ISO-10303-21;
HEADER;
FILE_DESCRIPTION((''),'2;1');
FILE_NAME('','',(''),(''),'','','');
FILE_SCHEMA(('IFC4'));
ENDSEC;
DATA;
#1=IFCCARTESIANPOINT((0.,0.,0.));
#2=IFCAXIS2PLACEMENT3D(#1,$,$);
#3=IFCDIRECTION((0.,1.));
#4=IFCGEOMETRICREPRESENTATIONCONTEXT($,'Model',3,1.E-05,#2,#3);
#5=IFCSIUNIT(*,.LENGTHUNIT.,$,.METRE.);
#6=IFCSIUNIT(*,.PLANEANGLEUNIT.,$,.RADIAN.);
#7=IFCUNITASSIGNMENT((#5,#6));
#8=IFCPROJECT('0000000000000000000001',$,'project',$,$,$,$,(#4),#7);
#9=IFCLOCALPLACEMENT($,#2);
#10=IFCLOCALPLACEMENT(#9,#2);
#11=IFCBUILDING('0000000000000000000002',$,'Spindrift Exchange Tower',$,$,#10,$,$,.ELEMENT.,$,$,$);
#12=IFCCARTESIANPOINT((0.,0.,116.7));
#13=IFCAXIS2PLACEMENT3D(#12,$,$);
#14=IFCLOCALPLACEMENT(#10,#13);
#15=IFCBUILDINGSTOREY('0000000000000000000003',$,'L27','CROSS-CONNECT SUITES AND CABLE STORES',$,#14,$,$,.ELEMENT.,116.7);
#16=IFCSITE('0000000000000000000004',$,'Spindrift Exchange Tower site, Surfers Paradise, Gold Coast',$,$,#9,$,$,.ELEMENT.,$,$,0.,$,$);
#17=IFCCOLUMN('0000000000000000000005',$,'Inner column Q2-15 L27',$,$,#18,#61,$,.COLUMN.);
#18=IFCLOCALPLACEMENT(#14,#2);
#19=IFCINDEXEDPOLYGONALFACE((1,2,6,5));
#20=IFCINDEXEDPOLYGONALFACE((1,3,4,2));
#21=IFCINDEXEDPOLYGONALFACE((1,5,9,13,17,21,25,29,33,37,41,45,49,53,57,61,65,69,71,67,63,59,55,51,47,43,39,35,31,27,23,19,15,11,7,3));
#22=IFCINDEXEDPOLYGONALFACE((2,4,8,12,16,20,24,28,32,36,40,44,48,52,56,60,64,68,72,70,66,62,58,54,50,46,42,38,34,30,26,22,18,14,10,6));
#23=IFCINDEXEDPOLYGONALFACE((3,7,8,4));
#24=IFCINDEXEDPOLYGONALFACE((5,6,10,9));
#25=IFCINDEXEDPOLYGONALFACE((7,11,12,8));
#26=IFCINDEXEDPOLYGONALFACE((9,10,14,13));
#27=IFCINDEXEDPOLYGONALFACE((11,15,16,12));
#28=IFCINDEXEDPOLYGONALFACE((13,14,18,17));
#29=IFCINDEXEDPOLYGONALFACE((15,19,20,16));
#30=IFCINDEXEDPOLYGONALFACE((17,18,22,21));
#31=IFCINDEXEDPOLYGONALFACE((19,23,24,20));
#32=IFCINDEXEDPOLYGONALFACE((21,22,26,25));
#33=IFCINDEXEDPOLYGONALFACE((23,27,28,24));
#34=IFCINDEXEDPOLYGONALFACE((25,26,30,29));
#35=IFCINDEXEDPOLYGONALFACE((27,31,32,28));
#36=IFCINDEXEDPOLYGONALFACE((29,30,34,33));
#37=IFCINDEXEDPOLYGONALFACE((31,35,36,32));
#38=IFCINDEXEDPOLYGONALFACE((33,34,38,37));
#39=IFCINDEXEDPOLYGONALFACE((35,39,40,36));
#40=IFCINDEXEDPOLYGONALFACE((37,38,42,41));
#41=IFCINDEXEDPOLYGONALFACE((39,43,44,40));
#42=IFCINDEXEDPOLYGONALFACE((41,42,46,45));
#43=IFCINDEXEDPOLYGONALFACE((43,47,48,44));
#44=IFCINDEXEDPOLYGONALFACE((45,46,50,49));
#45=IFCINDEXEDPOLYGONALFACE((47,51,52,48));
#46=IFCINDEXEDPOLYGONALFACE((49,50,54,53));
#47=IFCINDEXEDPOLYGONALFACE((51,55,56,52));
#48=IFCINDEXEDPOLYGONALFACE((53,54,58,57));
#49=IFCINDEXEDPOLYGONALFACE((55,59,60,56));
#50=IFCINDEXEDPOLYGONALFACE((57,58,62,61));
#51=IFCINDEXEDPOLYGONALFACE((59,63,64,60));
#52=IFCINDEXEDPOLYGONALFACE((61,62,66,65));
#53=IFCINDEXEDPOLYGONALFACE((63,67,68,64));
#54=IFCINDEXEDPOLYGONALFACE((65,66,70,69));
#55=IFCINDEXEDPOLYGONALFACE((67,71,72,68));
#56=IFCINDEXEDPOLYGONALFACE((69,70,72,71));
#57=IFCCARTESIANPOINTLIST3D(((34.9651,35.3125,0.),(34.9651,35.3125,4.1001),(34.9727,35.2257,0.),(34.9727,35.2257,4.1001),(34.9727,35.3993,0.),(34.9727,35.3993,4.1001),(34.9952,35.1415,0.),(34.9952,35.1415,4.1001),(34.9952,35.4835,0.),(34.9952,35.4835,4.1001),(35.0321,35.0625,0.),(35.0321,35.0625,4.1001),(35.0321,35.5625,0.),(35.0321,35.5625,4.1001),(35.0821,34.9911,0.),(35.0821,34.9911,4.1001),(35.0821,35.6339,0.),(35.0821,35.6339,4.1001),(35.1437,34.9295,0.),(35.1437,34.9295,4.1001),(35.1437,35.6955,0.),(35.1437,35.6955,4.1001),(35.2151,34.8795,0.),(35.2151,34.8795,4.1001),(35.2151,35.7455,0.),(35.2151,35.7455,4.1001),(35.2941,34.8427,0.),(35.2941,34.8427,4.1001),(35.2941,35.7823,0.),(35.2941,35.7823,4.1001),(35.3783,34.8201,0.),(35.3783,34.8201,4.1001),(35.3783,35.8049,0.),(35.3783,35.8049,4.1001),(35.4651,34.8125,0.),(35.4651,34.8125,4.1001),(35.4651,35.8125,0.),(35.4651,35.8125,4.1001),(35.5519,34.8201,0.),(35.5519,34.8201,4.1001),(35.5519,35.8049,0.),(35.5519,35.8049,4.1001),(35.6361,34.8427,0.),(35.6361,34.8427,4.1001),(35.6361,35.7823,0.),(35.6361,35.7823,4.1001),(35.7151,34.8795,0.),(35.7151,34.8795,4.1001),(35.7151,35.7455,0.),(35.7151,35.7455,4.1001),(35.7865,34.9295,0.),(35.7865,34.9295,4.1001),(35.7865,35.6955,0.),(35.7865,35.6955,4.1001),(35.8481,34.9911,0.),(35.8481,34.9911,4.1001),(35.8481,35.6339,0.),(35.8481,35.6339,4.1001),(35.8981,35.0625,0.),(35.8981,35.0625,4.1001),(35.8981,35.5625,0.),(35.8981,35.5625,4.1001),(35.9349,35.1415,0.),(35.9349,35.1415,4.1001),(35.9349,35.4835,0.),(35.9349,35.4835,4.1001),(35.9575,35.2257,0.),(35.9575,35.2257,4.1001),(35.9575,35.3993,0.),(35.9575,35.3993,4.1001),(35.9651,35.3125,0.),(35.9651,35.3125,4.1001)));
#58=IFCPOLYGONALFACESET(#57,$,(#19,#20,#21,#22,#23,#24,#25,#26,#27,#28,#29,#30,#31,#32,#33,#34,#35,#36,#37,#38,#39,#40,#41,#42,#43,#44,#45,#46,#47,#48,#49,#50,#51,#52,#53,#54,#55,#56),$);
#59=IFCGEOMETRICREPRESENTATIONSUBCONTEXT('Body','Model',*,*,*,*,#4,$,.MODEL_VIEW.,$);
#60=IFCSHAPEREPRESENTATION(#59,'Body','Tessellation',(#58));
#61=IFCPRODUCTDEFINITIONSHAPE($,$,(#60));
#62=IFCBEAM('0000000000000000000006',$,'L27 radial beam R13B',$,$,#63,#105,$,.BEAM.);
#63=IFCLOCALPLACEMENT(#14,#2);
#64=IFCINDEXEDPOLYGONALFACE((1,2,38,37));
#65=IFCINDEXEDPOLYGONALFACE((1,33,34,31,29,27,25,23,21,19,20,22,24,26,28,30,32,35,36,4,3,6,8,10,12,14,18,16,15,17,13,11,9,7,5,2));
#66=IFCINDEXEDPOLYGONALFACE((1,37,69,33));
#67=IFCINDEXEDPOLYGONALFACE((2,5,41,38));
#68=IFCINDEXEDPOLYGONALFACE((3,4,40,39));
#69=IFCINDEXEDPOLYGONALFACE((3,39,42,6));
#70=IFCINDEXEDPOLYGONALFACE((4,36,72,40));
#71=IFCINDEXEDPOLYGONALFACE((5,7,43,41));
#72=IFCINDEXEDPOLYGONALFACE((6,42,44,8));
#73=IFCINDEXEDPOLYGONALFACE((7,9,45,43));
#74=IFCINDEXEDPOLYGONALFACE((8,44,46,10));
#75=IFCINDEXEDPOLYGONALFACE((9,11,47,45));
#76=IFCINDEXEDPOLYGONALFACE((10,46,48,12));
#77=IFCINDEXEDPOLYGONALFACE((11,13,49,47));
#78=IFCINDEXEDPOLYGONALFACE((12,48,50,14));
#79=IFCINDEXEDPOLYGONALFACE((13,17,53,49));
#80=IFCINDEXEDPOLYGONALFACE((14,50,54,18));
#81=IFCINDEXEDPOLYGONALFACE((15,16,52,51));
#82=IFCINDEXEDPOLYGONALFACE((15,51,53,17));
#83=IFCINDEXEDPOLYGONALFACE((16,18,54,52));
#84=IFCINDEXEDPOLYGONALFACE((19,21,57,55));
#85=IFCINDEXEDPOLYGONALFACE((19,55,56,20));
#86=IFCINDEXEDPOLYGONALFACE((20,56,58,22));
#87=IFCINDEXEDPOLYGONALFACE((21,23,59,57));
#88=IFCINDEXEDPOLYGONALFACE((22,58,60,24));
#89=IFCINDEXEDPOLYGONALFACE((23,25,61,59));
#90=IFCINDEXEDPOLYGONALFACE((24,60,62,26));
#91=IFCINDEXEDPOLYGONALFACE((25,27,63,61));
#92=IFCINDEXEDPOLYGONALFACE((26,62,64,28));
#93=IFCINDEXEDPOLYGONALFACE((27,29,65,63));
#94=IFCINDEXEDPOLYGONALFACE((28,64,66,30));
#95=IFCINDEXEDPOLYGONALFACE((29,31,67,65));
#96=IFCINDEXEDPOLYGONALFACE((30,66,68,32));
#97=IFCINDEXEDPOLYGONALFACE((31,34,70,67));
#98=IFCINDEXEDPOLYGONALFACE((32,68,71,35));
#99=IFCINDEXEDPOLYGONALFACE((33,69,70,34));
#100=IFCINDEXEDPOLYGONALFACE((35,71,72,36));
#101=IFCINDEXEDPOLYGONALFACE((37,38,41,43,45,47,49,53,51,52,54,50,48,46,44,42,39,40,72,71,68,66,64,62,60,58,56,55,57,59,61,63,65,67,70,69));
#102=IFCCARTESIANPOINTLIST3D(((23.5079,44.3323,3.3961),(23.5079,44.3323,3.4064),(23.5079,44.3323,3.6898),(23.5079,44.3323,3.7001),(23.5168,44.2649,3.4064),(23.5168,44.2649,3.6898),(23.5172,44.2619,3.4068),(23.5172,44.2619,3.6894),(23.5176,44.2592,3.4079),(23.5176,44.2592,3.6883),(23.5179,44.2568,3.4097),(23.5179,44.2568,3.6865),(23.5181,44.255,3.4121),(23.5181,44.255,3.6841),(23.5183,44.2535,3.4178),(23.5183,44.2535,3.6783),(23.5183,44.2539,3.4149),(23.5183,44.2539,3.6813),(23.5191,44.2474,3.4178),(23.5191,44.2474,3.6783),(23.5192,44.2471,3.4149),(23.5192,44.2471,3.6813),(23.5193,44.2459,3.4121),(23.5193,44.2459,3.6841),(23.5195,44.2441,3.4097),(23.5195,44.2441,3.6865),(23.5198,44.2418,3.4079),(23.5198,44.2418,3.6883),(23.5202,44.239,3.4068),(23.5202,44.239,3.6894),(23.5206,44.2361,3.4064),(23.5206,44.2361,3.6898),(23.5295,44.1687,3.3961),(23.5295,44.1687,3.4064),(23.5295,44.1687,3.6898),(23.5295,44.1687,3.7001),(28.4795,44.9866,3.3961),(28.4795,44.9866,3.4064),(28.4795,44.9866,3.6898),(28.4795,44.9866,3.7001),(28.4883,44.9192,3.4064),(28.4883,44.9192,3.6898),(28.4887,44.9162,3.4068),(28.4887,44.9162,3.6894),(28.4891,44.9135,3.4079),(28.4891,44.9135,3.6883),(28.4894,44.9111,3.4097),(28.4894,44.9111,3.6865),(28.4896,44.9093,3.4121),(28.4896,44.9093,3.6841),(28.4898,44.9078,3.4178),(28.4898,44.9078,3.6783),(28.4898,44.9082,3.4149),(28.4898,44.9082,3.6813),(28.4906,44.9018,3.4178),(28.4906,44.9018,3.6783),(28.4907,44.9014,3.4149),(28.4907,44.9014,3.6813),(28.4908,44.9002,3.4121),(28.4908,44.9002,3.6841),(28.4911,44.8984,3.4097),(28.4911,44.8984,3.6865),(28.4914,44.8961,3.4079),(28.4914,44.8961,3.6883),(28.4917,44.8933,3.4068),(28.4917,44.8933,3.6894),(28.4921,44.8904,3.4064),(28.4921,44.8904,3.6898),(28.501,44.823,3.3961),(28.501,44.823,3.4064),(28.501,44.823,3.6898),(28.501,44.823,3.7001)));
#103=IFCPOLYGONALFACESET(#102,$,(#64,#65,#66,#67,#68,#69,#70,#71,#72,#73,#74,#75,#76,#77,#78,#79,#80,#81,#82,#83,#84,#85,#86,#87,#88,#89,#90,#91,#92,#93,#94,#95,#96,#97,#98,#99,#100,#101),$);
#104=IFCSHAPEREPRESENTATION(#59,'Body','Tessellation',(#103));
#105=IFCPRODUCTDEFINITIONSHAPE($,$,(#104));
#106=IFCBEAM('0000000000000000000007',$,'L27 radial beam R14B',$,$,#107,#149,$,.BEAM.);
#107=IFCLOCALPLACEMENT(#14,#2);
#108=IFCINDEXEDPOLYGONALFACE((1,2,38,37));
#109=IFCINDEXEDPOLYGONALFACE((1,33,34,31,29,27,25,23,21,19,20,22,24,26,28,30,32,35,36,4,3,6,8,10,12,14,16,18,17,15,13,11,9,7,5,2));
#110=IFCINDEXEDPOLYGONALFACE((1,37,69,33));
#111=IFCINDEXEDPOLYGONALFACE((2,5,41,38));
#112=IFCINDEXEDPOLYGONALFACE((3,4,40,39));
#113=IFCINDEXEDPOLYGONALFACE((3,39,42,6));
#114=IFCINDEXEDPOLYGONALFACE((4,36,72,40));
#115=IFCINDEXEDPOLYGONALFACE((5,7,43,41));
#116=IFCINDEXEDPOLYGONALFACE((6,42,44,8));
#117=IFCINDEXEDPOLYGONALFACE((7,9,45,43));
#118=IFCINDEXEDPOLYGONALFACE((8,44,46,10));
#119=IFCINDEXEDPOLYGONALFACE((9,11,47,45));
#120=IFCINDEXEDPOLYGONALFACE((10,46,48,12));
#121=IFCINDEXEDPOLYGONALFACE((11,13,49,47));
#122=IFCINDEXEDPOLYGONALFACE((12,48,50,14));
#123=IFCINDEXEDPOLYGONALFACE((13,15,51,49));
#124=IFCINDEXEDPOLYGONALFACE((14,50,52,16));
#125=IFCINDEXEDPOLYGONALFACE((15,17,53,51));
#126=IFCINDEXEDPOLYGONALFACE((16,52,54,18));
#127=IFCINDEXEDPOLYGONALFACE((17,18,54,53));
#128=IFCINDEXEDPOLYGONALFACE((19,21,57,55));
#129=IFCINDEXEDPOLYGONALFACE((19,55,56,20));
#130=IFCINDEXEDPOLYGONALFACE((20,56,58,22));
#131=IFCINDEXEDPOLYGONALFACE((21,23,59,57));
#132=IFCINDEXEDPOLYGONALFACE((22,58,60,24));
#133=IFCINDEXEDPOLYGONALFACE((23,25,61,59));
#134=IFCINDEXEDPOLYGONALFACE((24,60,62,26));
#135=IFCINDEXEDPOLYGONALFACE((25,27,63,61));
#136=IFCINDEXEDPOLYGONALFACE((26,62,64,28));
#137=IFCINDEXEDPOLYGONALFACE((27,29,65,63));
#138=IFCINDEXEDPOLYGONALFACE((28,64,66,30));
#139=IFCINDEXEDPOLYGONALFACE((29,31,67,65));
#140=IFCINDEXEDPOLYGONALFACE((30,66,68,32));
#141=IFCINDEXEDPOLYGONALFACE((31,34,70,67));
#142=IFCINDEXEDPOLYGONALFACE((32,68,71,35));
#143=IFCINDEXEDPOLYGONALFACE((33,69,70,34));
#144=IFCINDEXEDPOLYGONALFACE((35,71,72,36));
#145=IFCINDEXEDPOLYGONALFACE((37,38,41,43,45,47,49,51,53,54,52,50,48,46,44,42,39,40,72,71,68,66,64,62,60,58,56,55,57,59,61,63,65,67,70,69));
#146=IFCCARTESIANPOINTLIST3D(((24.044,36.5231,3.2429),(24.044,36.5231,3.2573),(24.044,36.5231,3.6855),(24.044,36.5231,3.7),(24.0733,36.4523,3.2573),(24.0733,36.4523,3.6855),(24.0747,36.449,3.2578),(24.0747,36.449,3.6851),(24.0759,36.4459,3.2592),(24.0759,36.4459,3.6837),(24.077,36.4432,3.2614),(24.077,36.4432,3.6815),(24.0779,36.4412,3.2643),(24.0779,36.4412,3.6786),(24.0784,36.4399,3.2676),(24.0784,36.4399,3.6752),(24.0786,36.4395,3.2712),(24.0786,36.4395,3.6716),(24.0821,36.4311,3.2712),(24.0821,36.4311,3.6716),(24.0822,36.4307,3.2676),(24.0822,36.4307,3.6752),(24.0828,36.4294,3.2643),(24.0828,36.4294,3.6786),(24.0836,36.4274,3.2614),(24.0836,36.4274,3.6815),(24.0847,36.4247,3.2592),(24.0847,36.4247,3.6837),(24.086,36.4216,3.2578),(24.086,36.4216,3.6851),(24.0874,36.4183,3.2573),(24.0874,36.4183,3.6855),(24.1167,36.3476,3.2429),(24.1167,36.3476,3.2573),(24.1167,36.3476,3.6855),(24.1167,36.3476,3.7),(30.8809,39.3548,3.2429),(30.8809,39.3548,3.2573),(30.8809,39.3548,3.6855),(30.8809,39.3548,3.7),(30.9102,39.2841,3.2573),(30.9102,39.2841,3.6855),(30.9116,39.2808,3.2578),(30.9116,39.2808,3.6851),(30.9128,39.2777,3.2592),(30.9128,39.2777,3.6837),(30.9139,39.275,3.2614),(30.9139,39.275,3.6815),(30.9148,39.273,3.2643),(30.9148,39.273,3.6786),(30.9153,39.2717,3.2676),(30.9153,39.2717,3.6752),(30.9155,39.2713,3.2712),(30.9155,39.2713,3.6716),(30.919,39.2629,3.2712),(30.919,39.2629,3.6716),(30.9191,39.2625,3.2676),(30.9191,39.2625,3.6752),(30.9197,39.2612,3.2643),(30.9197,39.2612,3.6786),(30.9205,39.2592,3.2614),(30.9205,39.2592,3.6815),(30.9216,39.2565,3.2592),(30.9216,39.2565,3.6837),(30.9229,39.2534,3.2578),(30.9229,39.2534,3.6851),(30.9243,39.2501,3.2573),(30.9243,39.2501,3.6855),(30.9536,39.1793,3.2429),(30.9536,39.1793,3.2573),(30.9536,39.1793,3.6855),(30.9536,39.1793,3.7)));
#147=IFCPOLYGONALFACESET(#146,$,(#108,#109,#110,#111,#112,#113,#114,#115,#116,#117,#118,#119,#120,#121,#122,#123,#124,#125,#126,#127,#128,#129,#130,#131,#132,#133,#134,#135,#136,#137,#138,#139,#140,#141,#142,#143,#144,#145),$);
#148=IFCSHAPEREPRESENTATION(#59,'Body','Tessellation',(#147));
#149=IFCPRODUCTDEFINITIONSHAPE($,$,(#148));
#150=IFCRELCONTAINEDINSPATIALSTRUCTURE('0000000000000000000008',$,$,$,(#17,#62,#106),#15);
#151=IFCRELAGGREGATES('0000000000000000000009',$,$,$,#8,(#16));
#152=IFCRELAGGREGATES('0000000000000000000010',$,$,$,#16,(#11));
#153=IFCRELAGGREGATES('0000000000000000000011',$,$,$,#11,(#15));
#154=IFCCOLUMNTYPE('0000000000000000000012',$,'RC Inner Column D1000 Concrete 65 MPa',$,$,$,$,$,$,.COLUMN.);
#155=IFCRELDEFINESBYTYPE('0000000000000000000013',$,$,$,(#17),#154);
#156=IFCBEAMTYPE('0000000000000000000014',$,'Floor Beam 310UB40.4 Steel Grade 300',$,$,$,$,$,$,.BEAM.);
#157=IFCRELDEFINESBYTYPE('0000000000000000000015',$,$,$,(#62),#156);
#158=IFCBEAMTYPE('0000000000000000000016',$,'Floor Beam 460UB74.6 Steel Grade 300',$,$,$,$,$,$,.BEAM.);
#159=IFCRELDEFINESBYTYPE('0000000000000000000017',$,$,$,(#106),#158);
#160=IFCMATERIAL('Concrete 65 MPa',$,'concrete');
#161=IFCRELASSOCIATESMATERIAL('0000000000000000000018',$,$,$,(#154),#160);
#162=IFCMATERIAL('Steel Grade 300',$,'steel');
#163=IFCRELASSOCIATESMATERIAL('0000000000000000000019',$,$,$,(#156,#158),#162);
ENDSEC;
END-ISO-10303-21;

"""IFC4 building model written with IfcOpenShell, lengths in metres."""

from ifc_helpers import new_model, si_unit, direction, frame, origin, origin_2d, place, context, subcontext, project, spatial, circle, i_section, extrude, source, transform, mapped, material, material_profile, profile_set, type_object, element, save


model = new_model("IFC4")

# Units and contexts
model_context = context("Model", 3, precision=1e-05, world=origin(), true_north=direction((0.0, 1.0)))
body_context = subcontext(model_context, "Body", "Model", "MODEL_VIEW")
ifc_project = project(units=[si_unit("LENGTHUNIT", "METRE"), si_unit("PLANEANGLEUNIT", "RADIAN")], contexts=[model_context])

# Site, building, storey
site_placement = place(None, origin())
site = spatial("IfcSite", under=ifc_project, at=site_placement, Name="Spindrift Exchange Tower site, Surfers Paradise, Gold Coast", CompositionType="ELEMENT", RefElevation=0.0)
building_placement = place(site_placement, origin())
building = spatial("IfcBuilding", under=site, at=building_placement, Name="Spindrift Exchange Tower", CompositionType="ELEMENT")
storey_placement = place(building_placement, frame((0.0, 0.0, 116.7)))
storey = spatial("IfcBuildingStorey", under=building, at=storey_placement, Name="L27", Description="CROSS-CONNECT SUITES AND CABLE STORES", CompositionType="ELEMENT", Elevation=116.7)

# Column
ifc_material_1 = material(Name="Concrete 65 MPa", Category="concrete")
ifc_material_profile_1 = material_profile(ifc_material_1, circle(Radius=0.5, at=origin_2d()), Name="RC D1000")
ifc_profile_set_1 = profile_set([ifc_material_profile_1], Name="Concrete 65 MPa")
column_type_1 = type_object("IfcColumnType", Name="RC Inner Column D1000 Concrete 65 MPa", PredefinedType="COLUMN", material=ifc_profile_set_1)
shared_shape_1 = source(origin(), body_context, "Body", "SweptSolid", [
    extrude(circle(Radius=0.5, at=origin_2d()), origin(), (0.0, 0.0, 1.0), 4.1001),
])
for number, where, z_axis, x_axis, name in (
    (1, (35.4651, 35.3125, 0.0), (0.0, 0.0, 1.0), (1.0, 0.0, 0.0), "Inner column Q2-15 L27"),
):
    element("IfcColumn", number, at=place(storey_placement, frame(where, z_axis=z_axis, x_axis=x_axis)), inside=storey, type_object=column_type_1, Name=name, PredefinedType="COLUMN", context=body_context, shape_type="MappedRepresentation", body=[
        mapped(shared_shape_1, transform((0.0, 0.0, 0.0), scale=1.0)),
    ])

# Beams
ifc_material_2 = material(Name="Steel Grade 300", Category="steel")
ifc_material_profile_2 = material_profile(ifc_material_2, i_section(OverallWidth=0.165, OverallDepth=0.304, WebThickness=0.0061, FlangeThickness=0.0103, FilletRadius=0.0115, at=origin_2d()), Name="310UB40.4")
ifc_profile_set_2 = profile_set([ifc_material_profile_2], Name="Steel Grade 300")
beam_type_1 = type_object("IfcBeamType", Name="Floor Beam 310UB40.4 Steel Grade 300", PredefinedType="BEAM", material=ifc_profile_set_2)
shared_shape_2 = source(origin(), body_context, "Body", "SweptSolid", [
    extrude(i_section(OverallWidth=0.165, OverallDepth=0.304, WebThickness=0.0061, FlangeThickness=0.0103, FilletRadius=0.0115, at=origin_2d()), origin(), (0.0, 0.0, 1.0), 5.0144),
])
beam_1_placement = place(storey_placement, frame((28.4902, 44.9048, 3.5481), z_axis=(-0.99145, -0.130486, 0.0), x_axis=(0.130486, -0.99145, 0.0)))
element("IfcBeam", 2, at=beam_1_placement, inside=storey, type_object=beam_type_1, Name="L27 radial beam R13B", PredefinedType="BEAM", context=body_context, shape_type="MappedRepresentation", body=[
    mapped(shared_shape_2, transform((0.0, 0.0, 0.0), scale=1.0)),
])
ifc_material_profile_3 = material_profile(ifc_material_2, i_section(OverallWidth=0.1899, OverallDepth=0.457, WebThickness=0.009, FlangeThickness=0.0144, FilletRadius=0.0139, at=origin_2d()), Name="460UB74.6")
ifc_profile_set_3 = profile_set([ifc_material_profile_3], Name="Steel Grade 300")
beam_type_2 = type_object("IfcBeamType", Name="Floor Beam 460UB74.6 Steel Grade 300", PredefinedType="BEAM", material=ifc_profile_set_3)
shared_shape_3 = source(origin(), body_context, "Body", "SweptSolid", [
    extrude(i_section(OverallWidth=0.1899, OverallDepth=0.457, WebThickness=0.009, FlangeThickness=0.0144, FilletRadius=0.0139, at=origin_2d()), origin(), (0.0, 0.0, 1.0), 7.4001),
])
beam_2_placement = place(storey_placement, frame((30.9172, 39.2671, 3.4714), z_axis=(-0.923887, -0.382666, 0.0), x_axis=(0.382666, -0.923887, 0.0)))
element("IfcBeam", 3, at=beam_2_placement, inside=storey, type_object=beam_type_2, Name="L27 radial beam R14B", PredefinedType="BEAM", context=body_context, shape_type="MappedRepresentation", body=[
    mapped(shared_shape_3, transform((0.0, 0.0, 0.0), scale=1.0)),
])

save(model, "model.ifc")
